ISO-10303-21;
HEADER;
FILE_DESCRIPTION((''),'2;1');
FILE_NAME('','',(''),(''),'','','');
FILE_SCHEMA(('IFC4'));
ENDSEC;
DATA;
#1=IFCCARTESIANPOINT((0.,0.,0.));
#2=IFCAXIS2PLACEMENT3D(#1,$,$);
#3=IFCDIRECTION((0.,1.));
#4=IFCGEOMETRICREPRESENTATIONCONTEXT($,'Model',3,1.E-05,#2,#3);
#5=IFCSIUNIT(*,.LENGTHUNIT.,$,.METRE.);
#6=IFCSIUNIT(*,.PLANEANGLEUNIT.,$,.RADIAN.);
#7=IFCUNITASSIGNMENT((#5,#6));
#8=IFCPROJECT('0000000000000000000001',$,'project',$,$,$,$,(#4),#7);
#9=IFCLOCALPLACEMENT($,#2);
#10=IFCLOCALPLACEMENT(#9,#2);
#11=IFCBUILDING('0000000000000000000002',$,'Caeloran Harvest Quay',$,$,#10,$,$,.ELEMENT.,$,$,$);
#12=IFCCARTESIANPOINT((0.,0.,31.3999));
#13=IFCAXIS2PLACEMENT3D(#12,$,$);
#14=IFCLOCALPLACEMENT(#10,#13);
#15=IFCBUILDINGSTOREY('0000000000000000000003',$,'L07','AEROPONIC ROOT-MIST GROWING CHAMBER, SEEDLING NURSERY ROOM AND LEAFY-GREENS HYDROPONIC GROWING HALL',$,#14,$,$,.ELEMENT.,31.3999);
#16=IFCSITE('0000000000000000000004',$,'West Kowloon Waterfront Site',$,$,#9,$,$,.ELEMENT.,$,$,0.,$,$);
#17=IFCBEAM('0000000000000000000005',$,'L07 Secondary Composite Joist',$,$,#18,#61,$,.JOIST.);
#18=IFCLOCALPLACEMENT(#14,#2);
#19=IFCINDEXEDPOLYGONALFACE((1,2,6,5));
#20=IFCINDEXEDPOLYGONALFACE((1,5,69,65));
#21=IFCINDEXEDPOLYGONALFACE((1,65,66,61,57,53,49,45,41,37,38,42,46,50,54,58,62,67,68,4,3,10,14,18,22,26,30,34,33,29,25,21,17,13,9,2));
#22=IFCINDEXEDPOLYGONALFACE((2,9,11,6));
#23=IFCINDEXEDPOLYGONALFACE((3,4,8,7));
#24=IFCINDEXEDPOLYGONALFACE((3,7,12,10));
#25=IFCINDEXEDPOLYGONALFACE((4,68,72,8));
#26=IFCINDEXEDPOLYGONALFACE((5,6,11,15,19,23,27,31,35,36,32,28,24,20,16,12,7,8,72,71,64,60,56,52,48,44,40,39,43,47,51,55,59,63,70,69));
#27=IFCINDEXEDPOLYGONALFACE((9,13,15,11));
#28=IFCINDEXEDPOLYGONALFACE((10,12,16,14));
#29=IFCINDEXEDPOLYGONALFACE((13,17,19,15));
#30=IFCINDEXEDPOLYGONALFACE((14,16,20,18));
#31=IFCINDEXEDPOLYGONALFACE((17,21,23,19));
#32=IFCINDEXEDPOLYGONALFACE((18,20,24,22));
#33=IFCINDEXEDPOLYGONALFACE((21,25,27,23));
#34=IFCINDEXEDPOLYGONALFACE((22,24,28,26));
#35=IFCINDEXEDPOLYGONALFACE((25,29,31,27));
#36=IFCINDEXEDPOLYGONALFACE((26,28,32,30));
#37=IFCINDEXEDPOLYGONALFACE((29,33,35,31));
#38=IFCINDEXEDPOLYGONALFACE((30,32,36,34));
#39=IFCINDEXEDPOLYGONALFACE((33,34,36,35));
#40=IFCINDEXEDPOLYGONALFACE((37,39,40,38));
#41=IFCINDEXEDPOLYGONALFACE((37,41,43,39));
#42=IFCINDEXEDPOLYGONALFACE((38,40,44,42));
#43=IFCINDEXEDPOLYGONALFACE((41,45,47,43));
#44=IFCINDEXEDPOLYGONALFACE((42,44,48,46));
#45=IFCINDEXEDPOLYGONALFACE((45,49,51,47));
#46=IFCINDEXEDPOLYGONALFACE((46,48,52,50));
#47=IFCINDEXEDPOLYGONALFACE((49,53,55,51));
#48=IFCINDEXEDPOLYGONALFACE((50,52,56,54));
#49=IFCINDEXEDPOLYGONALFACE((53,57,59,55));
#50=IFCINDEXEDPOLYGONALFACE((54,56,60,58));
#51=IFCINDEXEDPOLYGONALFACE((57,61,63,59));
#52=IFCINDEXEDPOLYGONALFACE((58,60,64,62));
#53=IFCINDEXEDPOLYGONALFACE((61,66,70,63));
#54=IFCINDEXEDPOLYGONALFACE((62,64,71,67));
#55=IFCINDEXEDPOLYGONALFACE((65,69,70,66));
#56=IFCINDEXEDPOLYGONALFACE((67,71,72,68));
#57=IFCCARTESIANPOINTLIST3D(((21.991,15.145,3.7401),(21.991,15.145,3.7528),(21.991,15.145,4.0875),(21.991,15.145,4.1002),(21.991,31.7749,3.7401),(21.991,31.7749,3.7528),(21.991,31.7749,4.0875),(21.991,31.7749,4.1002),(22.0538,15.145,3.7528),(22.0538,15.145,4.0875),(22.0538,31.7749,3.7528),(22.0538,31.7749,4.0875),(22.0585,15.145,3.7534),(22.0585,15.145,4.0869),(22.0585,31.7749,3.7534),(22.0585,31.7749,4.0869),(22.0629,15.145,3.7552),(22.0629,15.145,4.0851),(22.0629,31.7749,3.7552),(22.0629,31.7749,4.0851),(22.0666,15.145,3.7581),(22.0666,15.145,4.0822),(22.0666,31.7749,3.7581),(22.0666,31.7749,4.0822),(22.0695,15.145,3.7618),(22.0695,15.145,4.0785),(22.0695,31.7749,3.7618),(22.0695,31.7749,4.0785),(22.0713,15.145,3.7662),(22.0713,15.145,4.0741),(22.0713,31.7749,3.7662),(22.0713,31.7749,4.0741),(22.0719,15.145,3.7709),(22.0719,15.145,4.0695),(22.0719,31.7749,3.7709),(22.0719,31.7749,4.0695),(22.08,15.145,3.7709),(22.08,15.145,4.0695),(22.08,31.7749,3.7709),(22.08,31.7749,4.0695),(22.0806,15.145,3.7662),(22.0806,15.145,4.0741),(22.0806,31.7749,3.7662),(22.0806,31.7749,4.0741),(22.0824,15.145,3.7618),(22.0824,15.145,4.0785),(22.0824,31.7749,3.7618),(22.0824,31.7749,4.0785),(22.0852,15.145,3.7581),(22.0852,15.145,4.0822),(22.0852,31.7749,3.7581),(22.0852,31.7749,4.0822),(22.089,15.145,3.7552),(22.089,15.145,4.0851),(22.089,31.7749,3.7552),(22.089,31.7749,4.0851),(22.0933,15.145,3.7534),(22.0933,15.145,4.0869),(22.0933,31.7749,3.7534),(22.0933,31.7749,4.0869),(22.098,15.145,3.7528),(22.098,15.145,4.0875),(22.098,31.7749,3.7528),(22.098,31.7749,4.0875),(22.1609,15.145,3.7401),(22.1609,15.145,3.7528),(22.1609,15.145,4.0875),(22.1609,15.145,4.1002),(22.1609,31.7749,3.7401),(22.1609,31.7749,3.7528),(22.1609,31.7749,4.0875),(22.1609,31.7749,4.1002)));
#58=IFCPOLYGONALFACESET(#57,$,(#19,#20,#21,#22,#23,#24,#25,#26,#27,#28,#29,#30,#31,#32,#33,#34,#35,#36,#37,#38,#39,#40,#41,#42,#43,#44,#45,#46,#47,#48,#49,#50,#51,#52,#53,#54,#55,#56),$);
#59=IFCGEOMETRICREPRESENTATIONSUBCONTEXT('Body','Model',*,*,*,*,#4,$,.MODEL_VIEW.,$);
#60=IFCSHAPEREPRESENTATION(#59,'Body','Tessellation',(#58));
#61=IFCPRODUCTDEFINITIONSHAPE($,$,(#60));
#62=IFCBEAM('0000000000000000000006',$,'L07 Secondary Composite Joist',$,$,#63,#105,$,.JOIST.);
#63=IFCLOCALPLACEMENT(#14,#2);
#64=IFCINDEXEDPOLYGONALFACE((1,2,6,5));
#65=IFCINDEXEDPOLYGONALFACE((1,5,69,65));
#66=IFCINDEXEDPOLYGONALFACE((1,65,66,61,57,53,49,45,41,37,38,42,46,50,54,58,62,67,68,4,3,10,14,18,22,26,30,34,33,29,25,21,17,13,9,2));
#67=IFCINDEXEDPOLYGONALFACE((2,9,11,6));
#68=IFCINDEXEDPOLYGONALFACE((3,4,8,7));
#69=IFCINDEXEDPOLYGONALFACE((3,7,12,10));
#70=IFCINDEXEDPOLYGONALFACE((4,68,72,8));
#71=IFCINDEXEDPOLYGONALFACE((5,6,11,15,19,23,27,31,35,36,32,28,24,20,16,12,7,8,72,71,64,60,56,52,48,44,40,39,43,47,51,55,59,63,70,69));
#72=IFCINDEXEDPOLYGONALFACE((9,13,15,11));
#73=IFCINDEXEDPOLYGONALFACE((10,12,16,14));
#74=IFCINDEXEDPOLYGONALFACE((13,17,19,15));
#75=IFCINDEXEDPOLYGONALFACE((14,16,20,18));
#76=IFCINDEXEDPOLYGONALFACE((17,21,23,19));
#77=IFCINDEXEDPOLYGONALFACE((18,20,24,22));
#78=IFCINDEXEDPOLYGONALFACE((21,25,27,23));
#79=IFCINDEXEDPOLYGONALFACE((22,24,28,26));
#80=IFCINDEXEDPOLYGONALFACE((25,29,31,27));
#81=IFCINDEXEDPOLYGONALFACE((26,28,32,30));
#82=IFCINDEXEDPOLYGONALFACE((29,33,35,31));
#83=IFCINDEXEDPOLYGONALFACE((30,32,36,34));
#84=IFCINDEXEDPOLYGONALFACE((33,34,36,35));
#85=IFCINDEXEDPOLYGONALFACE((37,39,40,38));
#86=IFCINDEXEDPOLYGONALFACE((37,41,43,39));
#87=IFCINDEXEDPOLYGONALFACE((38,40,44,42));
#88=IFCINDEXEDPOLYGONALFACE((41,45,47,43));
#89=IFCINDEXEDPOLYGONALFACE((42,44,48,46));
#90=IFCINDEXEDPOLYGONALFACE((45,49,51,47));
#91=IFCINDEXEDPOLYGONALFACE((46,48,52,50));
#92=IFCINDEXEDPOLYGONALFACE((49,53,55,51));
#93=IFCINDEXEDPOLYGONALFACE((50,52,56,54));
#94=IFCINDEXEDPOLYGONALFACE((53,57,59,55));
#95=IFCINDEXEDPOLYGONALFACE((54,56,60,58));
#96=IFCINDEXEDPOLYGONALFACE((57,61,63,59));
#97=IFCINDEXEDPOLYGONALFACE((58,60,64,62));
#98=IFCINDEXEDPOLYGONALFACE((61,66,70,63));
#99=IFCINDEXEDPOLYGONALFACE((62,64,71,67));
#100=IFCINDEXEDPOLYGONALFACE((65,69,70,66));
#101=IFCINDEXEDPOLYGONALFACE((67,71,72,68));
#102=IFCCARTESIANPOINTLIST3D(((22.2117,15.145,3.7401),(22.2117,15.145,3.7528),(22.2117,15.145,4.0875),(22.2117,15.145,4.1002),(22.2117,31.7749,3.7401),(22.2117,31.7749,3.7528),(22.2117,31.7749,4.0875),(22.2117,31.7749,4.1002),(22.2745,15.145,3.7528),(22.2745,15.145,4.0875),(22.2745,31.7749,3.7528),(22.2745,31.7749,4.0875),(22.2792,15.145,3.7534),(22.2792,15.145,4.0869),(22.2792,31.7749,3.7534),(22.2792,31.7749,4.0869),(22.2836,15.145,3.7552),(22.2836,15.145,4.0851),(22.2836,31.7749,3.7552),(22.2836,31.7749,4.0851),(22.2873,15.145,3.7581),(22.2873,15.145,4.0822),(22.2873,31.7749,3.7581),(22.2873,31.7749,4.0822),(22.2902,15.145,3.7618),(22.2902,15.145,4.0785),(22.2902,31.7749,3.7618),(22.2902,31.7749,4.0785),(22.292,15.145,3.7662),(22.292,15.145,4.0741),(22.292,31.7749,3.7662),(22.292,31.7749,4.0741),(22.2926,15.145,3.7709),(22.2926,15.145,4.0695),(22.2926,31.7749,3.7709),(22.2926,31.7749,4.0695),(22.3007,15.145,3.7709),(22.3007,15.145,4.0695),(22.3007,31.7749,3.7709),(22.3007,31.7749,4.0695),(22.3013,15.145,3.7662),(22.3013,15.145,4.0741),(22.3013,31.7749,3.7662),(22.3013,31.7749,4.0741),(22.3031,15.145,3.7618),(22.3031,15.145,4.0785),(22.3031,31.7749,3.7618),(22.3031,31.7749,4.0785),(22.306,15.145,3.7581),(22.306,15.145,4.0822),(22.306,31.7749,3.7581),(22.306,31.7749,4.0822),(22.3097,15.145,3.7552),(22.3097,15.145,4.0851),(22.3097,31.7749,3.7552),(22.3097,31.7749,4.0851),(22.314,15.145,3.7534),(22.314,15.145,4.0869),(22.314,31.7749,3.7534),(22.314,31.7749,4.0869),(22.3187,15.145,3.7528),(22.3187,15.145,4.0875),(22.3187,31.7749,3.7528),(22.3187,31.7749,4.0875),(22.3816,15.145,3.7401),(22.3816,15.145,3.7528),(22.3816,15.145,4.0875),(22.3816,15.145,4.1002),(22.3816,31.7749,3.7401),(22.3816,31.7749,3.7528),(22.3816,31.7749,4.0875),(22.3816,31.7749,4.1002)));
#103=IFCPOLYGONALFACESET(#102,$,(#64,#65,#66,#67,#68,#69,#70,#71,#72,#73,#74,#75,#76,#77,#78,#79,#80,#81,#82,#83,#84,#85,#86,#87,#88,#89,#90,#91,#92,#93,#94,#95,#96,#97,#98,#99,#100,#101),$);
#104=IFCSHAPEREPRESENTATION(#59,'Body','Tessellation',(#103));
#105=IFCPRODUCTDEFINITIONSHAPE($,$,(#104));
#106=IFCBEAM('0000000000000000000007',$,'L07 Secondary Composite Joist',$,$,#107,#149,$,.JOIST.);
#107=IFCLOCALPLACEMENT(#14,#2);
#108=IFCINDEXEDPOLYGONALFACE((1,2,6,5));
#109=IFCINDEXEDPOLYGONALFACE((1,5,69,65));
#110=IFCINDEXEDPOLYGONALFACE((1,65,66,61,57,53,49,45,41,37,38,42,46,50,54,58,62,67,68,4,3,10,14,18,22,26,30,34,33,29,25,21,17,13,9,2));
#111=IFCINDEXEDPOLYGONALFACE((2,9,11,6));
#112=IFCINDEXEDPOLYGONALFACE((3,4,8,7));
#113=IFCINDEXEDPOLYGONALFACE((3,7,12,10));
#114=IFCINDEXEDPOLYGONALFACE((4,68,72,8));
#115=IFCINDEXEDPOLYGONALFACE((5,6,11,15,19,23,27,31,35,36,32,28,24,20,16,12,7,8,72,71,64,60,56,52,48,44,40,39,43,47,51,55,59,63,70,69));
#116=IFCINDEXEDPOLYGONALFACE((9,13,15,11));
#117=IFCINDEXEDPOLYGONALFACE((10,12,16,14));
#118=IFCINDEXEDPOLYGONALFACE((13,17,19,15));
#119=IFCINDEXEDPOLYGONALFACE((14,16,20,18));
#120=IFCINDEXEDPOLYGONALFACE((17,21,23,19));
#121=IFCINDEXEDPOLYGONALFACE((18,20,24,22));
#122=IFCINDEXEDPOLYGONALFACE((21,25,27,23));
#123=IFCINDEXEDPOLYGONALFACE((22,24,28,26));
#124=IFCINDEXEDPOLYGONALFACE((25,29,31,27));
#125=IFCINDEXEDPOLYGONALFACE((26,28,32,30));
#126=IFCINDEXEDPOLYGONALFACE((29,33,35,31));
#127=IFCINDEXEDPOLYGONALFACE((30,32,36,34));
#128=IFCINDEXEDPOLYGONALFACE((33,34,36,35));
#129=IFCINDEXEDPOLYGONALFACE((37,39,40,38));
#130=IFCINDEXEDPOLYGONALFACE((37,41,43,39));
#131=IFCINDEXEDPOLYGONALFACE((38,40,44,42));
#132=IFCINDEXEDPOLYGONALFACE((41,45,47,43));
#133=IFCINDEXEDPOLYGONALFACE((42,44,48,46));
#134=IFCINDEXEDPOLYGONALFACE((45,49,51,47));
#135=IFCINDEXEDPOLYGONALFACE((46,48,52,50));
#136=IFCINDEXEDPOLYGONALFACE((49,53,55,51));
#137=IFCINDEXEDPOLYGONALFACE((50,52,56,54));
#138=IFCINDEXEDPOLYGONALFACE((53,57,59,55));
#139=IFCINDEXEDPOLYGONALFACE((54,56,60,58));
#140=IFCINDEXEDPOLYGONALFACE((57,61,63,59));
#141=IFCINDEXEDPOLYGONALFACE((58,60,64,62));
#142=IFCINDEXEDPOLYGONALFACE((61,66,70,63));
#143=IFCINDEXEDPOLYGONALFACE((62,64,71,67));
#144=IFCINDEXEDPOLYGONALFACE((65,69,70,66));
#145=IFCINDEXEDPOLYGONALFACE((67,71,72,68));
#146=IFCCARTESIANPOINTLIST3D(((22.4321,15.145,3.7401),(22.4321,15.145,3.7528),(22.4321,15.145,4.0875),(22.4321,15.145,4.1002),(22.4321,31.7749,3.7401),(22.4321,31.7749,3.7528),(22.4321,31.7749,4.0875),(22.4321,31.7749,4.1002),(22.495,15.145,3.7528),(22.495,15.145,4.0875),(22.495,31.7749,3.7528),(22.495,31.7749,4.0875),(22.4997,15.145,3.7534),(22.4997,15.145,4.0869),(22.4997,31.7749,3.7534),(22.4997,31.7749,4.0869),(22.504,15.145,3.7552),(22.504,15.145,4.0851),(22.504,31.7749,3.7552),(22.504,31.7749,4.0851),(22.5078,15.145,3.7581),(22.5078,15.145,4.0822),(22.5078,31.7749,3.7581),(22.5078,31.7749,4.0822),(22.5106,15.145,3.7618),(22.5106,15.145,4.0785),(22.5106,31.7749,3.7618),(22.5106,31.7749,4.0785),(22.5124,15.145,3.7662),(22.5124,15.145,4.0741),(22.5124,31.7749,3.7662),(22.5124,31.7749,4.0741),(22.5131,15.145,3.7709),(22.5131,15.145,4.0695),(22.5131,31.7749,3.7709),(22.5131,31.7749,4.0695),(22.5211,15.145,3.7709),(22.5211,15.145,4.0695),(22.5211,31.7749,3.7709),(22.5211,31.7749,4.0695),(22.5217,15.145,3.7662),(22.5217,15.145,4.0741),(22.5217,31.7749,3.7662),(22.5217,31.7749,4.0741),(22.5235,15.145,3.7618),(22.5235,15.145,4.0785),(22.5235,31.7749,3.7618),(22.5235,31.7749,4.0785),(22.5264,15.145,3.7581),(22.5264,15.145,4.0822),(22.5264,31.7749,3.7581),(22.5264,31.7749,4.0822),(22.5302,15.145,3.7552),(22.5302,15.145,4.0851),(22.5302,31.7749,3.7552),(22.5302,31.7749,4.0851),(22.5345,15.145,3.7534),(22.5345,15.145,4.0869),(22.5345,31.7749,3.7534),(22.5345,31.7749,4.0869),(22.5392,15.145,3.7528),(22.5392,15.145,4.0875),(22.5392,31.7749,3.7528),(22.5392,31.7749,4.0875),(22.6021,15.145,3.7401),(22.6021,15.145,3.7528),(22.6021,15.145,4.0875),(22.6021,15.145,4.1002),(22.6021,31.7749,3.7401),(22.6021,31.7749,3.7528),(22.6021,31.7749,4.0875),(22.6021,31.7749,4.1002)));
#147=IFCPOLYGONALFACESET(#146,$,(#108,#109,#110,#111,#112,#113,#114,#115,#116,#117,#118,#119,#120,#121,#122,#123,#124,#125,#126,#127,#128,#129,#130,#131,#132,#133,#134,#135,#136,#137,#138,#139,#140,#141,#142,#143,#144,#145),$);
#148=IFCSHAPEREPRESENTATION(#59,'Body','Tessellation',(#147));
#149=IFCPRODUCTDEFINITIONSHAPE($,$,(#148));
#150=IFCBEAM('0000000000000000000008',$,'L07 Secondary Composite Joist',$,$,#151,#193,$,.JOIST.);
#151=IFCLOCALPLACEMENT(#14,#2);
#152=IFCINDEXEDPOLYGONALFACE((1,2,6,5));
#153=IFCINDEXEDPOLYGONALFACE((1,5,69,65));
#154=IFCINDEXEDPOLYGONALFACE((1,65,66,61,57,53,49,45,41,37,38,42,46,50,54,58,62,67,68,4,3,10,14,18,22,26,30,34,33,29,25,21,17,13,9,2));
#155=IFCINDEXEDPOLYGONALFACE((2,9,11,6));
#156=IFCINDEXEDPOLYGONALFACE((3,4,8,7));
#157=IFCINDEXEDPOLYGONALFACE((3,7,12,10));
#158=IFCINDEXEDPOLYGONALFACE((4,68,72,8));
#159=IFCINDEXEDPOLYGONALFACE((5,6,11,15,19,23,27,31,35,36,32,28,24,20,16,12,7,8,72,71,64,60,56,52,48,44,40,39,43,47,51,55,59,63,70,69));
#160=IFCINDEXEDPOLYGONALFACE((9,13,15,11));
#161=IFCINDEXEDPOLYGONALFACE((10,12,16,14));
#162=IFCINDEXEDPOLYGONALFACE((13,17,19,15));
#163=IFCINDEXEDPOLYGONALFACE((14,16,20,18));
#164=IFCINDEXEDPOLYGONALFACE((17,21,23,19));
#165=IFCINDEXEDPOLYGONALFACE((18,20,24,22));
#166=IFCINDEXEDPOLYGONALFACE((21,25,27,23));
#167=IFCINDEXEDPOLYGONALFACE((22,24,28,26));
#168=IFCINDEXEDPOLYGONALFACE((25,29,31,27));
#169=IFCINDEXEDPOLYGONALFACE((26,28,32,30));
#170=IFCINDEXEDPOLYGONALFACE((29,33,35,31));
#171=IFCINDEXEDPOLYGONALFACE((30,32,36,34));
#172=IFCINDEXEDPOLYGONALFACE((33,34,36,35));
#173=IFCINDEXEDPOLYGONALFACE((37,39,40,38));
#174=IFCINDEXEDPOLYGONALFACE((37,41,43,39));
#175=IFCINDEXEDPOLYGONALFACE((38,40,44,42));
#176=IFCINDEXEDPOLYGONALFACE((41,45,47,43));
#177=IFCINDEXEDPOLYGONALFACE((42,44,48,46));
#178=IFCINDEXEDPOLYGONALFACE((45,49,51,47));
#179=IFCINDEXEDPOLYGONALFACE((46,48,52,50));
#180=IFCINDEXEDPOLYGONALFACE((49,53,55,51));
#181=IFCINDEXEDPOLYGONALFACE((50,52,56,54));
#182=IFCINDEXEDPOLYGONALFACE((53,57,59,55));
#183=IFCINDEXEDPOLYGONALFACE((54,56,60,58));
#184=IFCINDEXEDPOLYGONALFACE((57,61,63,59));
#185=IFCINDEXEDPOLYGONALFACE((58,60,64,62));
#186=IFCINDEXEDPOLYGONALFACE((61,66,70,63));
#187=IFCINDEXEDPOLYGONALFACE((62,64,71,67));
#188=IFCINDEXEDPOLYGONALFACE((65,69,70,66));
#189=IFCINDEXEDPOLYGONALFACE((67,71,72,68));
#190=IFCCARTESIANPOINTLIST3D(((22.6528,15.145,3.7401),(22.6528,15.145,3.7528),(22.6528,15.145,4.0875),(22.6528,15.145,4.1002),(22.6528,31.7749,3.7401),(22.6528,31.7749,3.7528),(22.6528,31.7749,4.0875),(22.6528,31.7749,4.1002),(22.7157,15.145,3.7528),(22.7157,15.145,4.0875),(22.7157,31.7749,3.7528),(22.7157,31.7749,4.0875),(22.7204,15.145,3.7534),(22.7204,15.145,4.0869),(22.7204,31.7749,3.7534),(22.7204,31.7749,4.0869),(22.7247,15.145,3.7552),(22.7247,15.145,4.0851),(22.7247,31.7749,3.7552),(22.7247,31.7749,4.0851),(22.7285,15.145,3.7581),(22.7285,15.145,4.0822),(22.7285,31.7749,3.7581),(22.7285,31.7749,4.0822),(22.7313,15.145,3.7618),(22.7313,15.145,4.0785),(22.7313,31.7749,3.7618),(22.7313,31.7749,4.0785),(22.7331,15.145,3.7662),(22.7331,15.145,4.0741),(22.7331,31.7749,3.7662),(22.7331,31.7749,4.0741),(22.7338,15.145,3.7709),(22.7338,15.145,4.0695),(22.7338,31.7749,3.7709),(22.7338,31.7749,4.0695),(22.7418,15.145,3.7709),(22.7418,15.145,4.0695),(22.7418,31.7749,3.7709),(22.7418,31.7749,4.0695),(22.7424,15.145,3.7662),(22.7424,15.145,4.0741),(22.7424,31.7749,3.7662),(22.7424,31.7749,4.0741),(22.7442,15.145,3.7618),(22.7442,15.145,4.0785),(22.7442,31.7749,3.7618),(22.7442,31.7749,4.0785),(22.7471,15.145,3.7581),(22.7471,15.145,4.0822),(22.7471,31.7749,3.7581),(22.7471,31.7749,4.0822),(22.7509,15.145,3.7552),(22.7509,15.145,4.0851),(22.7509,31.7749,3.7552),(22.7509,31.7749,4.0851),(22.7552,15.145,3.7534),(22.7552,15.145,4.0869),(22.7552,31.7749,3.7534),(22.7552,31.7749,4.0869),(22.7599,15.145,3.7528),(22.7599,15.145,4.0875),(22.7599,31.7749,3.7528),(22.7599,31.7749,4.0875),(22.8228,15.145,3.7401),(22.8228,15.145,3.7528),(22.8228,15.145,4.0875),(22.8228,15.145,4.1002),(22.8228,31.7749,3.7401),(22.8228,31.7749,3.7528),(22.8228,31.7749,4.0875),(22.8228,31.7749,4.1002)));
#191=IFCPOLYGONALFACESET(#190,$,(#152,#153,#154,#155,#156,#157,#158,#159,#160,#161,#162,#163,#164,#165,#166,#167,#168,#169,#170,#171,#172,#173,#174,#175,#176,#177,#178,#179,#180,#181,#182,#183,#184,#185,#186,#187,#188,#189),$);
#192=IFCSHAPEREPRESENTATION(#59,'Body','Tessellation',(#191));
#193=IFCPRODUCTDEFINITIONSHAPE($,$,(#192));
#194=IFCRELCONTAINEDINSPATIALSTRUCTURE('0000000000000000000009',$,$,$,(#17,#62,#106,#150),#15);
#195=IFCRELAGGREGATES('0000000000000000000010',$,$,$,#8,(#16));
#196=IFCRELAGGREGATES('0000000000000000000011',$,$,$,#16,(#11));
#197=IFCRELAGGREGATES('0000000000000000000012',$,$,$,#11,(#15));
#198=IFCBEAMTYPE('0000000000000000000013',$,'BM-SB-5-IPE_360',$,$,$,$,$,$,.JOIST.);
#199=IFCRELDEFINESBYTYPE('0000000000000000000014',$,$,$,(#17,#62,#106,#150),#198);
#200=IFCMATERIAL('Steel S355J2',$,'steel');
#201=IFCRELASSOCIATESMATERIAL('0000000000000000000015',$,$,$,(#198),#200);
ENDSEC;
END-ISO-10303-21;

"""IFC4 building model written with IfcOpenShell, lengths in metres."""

from ifc_helpers import new_model, si_unit, direction, frame, origin, origin_2d, place, context, subcontext, project, spatial, i_section, extrude, material, material_profile, profile_set, type_object, element, save


model = new_model("IFC4")

# Units and contexts
model_context = context("Model", 3, precision=1e-05, world=origin(), true_north=direction((0.0, 1.0)))
body_context = subcontext(model_context, "Body", "Model", "MODEL_VIEW")
ifc_project = project(units=[si_unit("LENGTHUNIT", "METRE"), si_unit("PLANEANGLEUNIT", "RADIAN")], contexts=[model_context])

# Site, building, storey
site_placement = place(None, origin())
site = spatial("IfcSite", under=ifc_project, at=site_placement, Name="West Kowloon Waterfront Site", CompositionType="ELEMENT", RefElevation=0.0)
building_placement = place(site_placement, origin())
building = spatial("IfcBuilding", under=site, at=building_placement, Name="Caeloran Harvest Quay", CompositionType="ELEMENT")
storey_placement = place(building_placement, frame((0.0, 0.0, 31.3999)))
storey = spatial("IfcBuildingStorey", under=building, at=storey_placement, Name="L07", Description="AEROPONIC ROOT-MIST GROWING CHAMBER, SEEDLING NURSERY ROOM AND LEAFY-GREENS HYDROPONIC GROWING HALL", CompositionType="ELEMENT", Elevation=31.3999)

# Beams
ifc_material_1 = material(Name="Steel S355J2", Category="steel")
ifc_material_profile_1 = material_profile(ifc_material_1, i_section(OverallWidth=0.1699, OverallDepth=0.3601, WebThickness=0.0081, FlangeThickness=0.0127, FilletRadius=0.0181, at=origin_2d()), Name="IPE 360")
ifc_profile_set_1 = profile_set([ifc_material_profile_1], Name="Steel S355J2")
beam_type_1 = type_object("IfcBeamType", Name="BM-SB-5-IPE_360", PredefinedType="JOIST", material=ifc_profile_set_1)
for number, where, z_axis, x_axis, name in (
    (1, (22.0759, 15.145, 3.9202), (0.0, 1.0, 0.0), (-1.0, 0.0, 0.0), "L07 Secondary Composite Joist"),
    (2, (22.2966, 15.145, 3.9202), (0.0, 1.0, 0.0), (-1.0, 0.0, 0.0), "L07 Secondary Composite Joist"),
    (3, (22.5171, 15.145, 3.9202), (0.0, 1.0, 0.0), (-1.0, 0.0, 0.0), "L07 Secondary Composite Joist"),
    (4, (22.7378, 15.145, 3.9202), (0.0, 1.0, 0.0), (-1.0, 0.0, 0.0), "L07 Secondary Composite Joist"),
):
    element("IfcBeam", number, at=place(storey_placement, frame(where, z_axis=z_axis, x_axis=x_axis)), inside=storey, type_object=beam_type_1, Name=name, PredefinedType="JOIST", context=body_context, shape_type="SweptSolid", body=[
        extrude(i_section(OverallWidth=0.1699, OverallDepth=0.3601, WebThickness=0.0081, FlangeThickness=0.0127, FilletRadius=0.0181, at=origin_2d()), origin(), (0.0, 0.0, 1.0), 16.6299),
    ])

save(model, "model.ifc")
